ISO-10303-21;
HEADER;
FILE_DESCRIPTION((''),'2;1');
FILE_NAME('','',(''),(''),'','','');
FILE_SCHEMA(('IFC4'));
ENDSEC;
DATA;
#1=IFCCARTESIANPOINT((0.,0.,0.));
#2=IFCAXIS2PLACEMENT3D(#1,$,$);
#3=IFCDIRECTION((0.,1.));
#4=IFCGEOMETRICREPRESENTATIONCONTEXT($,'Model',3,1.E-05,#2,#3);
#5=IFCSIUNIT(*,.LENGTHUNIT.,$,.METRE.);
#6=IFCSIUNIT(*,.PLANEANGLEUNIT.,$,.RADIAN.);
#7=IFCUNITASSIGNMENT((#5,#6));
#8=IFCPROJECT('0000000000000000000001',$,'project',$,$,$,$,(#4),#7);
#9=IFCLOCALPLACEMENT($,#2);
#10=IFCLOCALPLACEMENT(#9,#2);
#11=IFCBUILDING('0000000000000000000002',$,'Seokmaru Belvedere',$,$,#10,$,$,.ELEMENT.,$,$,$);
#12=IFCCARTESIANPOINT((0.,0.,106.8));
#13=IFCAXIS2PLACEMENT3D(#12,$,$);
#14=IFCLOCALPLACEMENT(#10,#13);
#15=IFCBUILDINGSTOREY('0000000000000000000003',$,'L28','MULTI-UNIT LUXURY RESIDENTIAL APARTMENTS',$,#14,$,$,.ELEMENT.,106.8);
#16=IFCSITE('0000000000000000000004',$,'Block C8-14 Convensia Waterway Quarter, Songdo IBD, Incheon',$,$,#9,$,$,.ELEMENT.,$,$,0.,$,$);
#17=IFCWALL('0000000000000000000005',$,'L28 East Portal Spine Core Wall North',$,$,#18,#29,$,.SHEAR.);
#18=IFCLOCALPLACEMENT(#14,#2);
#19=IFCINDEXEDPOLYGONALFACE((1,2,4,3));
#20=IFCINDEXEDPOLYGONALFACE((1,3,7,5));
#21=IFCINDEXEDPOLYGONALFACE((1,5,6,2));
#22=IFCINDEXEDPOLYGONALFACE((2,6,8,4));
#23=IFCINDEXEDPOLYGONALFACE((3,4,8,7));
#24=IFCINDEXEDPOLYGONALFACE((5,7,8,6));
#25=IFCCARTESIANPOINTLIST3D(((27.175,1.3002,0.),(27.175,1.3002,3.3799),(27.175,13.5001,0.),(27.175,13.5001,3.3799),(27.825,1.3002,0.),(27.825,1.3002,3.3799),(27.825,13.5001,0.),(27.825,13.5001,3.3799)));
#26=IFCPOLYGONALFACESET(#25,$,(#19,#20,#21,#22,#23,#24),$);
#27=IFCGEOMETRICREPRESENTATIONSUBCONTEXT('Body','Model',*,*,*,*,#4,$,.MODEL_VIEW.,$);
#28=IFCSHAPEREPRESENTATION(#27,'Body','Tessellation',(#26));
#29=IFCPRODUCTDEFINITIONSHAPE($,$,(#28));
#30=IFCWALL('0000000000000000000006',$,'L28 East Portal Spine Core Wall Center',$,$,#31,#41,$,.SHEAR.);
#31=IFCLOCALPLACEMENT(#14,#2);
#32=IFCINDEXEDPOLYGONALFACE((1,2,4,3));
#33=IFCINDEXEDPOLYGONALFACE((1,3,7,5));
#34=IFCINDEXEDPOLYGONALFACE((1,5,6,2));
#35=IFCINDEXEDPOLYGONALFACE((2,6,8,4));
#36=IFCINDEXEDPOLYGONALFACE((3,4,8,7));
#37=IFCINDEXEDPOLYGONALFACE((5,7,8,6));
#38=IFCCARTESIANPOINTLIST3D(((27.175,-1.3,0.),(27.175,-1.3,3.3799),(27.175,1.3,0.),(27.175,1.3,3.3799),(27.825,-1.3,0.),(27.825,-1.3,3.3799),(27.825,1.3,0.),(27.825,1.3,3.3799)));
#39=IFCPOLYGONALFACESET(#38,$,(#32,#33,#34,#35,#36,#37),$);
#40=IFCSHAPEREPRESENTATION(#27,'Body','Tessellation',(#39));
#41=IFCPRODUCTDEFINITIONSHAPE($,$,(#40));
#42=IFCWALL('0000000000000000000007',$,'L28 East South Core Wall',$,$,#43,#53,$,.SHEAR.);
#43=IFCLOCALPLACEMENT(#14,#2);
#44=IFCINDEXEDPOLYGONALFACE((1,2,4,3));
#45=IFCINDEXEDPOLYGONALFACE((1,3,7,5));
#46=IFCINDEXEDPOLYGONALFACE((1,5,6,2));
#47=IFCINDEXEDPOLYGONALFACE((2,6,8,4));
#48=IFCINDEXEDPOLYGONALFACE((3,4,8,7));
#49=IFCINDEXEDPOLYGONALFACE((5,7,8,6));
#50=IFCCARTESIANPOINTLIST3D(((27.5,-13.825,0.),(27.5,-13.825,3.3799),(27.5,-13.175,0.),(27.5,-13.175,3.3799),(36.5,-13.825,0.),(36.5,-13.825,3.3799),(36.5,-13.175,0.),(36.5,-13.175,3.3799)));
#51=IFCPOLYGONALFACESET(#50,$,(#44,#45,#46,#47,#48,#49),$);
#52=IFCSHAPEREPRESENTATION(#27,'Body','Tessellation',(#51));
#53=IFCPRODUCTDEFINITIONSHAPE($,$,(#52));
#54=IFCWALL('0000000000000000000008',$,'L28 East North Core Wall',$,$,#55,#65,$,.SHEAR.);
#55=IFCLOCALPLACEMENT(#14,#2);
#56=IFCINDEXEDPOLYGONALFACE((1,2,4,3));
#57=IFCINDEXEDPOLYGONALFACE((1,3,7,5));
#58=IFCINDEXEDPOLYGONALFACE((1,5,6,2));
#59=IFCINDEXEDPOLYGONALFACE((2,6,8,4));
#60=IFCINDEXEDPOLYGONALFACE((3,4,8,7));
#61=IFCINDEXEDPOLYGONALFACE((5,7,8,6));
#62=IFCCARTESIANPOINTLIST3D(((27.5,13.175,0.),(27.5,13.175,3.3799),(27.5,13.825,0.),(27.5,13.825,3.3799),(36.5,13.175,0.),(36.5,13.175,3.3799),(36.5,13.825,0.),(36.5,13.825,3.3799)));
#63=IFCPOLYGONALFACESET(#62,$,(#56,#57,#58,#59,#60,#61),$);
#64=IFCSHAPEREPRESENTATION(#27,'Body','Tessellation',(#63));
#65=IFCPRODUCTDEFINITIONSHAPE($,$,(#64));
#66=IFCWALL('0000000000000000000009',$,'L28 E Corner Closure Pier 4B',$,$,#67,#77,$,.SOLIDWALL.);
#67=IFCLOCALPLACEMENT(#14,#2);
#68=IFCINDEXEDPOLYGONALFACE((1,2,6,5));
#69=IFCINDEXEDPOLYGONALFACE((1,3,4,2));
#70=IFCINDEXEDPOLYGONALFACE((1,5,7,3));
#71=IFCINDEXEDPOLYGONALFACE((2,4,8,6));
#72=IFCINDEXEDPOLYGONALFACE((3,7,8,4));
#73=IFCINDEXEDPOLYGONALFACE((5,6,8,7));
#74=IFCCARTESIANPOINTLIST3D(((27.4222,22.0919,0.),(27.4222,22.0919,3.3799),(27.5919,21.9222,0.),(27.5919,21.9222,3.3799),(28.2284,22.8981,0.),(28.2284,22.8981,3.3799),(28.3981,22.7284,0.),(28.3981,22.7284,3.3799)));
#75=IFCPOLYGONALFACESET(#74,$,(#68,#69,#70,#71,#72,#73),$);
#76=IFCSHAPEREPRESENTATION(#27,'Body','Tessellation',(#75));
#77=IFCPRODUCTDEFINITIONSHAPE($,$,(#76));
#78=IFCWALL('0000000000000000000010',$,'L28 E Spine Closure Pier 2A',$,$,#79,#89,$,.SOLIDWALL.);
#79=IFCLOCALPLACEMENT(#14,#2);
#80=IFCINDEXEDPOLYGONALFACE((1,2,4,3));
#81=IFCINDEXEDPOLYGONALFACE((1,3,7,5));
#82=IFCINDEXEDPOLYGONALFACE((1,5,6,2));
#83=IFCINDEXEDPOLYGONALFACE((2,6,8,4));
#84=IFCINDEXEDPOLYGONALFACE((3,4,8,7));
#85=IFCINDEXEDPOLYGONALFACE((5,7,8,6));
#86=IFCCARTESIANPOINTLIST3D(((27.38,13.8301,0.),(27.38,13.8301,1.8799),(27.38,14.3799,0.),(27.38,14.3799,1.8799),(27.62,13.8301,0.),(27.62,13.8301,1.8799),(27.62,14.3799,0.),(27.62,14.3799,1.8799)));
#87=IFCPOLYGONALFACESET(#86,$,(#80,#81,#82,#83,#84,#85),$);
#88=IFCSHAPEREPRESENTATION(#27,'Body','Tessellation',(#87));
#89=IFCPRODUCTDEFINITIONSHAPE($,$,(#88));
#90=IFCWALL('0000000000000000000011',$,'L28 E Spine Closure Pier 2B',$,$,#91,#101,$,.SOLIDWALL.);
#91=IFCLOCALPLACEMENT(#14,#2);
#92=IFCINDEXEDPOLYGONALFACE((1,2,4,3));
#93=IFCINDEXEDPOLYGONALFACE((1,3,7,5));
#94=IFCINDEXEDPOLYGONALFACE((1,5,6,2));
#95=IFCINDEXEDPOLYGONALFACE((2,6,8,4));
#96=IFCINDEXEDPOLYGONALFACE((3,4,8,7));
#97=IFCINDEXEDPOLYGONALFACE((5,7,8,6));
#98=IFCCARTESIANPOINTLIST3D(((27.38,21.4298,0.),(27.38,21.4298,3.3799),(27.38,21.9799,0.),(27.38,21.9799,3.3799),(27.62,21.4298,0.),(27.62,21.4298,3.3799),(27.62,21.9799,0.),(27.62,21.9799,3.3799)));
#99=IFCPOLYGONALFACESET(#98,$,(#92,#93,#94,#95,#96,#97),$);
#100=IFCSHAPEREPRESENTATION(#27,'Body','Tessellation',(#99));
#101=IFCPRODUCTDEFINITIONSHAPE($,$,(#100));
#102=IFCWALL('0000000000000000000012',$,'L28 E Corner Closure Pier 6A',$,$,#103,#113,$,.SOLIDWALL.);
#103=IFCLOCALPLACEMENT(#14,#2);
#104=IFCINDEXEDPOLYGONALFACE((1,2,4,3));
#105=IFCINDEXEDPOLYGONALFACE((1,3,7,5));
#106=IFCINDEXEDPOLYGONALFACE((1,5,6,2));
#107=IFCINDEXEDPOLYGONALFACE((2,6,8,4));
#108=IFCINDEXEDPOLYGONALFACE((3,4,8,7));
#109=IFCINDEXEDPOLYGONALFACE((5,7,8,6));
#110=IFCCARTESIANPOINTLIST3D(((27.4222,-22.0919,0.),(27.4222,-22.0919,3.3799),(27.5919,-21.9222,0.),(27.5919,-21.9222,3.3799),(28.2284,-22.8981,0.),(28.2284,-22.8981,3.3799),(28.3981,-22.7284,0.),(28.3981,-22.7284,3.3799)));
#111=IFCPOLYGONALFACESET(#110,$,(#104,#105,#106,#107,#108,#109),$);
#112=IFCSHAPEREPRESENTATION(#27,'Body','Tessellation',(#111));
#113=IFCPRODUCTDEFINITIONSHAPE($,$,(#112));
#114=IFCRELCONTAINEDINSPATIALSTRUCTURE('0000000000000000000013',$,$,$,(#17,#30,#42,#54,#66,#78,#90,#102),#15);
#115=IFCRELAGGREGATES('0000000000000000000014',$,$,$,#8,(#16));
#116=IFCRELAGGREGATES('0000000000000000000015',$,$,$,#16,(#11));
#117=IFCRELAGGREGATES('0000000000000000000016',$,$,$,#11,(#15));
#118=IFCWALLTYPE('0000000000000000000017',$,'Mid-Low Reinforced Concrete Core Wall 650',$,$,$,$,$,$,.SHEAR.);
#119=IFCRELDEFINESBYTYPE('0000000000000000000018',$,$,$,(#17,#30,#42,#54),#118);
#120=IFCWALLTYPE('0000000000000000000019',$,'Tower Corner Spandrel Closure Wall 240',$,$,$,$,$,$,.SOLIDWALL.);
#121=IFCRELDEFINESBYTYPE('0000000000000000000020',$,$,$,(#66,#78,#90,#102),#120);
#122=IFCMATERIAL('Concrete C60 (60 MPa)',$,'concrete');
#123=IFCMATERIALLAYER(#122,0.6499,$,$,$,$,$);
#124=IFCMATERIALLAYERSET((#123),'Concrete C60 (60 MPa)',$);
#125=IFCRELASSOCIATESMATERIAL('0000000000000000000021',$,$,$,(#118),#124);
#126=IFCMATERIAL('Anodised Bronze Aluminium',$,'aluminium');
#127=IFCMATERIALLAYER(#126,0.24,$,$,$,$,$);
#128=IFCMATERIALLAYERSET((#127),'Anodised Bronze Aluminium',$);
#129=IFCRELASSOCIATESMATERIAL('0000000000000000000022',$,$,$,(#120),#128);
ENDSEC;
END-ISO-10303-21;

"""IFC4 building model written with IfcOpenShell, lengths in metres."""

from ifc_helpers import new_model, si_unit, direction, frame, frame_2d, origin, place, context, subcontext, project, spatial, rectangle, extrude, material, layer, layer_set, type_object, element, save


model = new_model("IFC4")

# Units and contexts
model_context = context("Model", 3, precision=1e-05, world=origin(), true_north=direction((0.0, 1.0)))
body_context = subcontext(model_context, "Body", "Model", "MODEL_VIEW")
ifc_project = project(units=[si_unit("LENGTHUNIT", "METRE"), si_unit("PLANEANGLEUNIT", "RADIAN")], contexts=[model_context])

# Site, building, storey
site_placement = place(None, origin())
site = spatial("IfcSite", under=ifc_project, at=site_placement, Name="Block C8-14 Convensia Waterway Quarter, Songdo IBD, Incheon", CompositionType="ELEMENT", RefElevation=0.0)
building_placement = place(site_placement, origin())
building = spatial("IfcBuilding", under=site, at=building_placement, Name="Seokmaru Belvedere", CompositionType="ELEMENT")
storey_placement = place(building_placement, frame((0.0, 0.0, 106.8)))
storey = spatial("IfcBuildingStorey", under=building, at=storey_placement, Name="L28", Description="MULTI-UNIT LUXURY RESIDENTIAL APARTMENTS", CompositionType="ELEMENT", Elevation=106.8)

# Shared definitions
ifc_material_1 = material(Name="Anodised Bronze Aluminium", Category="aluminium")

# Walls
ifc_material_2 = material(Name="Concrete C60 (60 MPa)", Category="concrete")
ifc_layer_1 = layer(ifc_material_2, 0.6499)
ifc_layer_set_1 = layer_set([ifc_layer_1], Name="Concrete C60 (60 MPa)")
wall_type_1 = type_object("IfcWallType", Name="Mid-Low Reinforced Concrete Core Wall 650", PredefinedType="SHEAR", material=ifc_layer_set_1)
for number, where, z_axis, x_axis, name in (
    (1, (27.5, 1.3, 0.0), (0.0, 0.0, 1.0), (0.0, 1.0, 0.0), "L28 East Portal Spine Core Wall North"),
):
    element("IfcWall", number, at=place(storey_placement, frame(where, z_axis=z_axis, x_axis=x_axis)), inside=storey, type_object=wall_type_1, Name=name, PredefinedType="SHEAR", context=body_context, shape_type="SweptSolid", body=[
        extrude(rectangle(XDim=12.2, YDim=0.6499, at=frame_2d((6.1001, 0.0))), origin(), (0.0, 0.0, 1.0), 3.3799),
    ])
wall_1_placement = place(storey_placement, frame((27.5, -1.3, 0.0), z_axis=(0.0, 0.0, 1.0), x_axis=(0.0, 1.0, 0.0)))
element("IfcWall", 2, at=wall_1_placement, inside=storey, type_object=wall_type_1, Name="L28 East Portal Spine Core Wall Center", PredefinedType="SHEAR", context=body_context, shape_type="SweptSolid", body=[
    extrude(rectangle(XDim=2.6001, YDim=0.6499, at=frame_2d((1.3, 0.0))), origin(), (0.0, 0.0, 1.0), 3.3799),
])
for number, where, z_axis, x_axis, name in (
    (3, (27.5, -13.5, 0.0), (0.0, 0.0, 1.0), (1.0, 0.0, 0.0), "L28 East South Core Wall"),
    (4, (27.5, 13.5, 0.0), (0.0, 0.0, 1.0), (1.0, 0.0, 0.0), "L28 East North Core Wall"),
):
    element("IfcWall", number, at=place(storey_placement, frame(where, z_axis=z_axis, x_axis=x_axis)), inside=storey, type_object=wall_type_1, Name=name, PredefinedType="SHEAR", context=body_context, shape_type="SweptSolid", body=[
        extrude(rectangle(XDim=9.0, YDim=0.6499, at=frame_2d((4.5, 0.0))), origin(), (0.0, 0.0, 1.0), 3.3799),
    ])
ifc_layer_2 = layer(ifc_material_1, 0.24)
ifc_layer_set_2 = layer_set([ifc_layer_2], Name="Anodised Bronze Aluminium")
wall_type_2 = type_object("IfcWallType", Name="Tower Corner Spandrel Closure Wall 240", PredefinedType="SOLIDWALL", material=ifc_layer_set_2)
wall_2_placement = place(storey_placement, frame((28.3132, 22.8132, 0.0), z_axis=(0.0, 0.0, 1.0), x_axis=(-0.707107, -0.707107, 0.0)))
element("IfcWall", 5, at=wall_2_placement, inside=storey, type_object=wall_type_2, Name="L28 E Corner Closure Pier 4B", PredefinedType="SOLIDWALL", context=body_context, shape_type="SweptSolid", body=[
    extrude(rectangle(XDim=1.1401, YDim=0.24, at=frame_2d((0.5701, 0.0))), origin(), (0.0, 0.0, 1.0), 3.3799),
])
wall_3_placement = place(storey_placement, frame((27.5, 13.8301, 0.0), z_axis=(0.0, 0.0, 1.0), x_axis=(0.0, 1.0, 0.0)))
element("IfcWall", 6, at=wall_3_placement, inside=storey, type_object=wall_type_2, Name="L28 E Spine Closure Pier 2A", PredefinedType="SOLIDWALL", context=body_context, shape_type="SweptSolid", body=[
    extrude(rectangle(XDim=0.5498, YDim=0.24, at=frame_2d((0.2749, 0.0))), origin(), (0.0, 0.0, 1.0), 1.8799),
])
wall_4_placement = place(storey_placement, frame((27.5, 21.4299, 0.0), z_axis=(0.0, 0.0, 1.0), x_axis=(0.0, 1.0, 0.0)))
element("IfcWall", 7, at=wall_4_placement, inside=storey, type_object=wall_type_2, Name="L28 E Spine Closure Pier 2B", PredefinedType="SOLIDWALL", context=body_context, shape_type="SweptSolid", body=[
    extrude(rectangle(XDim=0.55, YDim=0.24, at=frame_2d((0.2749, 0.0))), origin(), (0.0, 0.0, 1.0), 3.3799),
])
wall_5_placement = place(storey_placement, frame((27.5071, -22.0071, 0.0), z_axis=(0.0, 0.0, 1.0), x_axis=(0.707107, -0.707107, 0.0)))
element("IfcWall", 8, at=wall_5_placement, inside=storey, type_object=wall_type_2, Name="L28 E Corner Closure Pier 6A", PredefinedType="SOLIDWALL", context=body_context, shape_type="SweptSolid", body=[
    extrude(rectangle(XDim=1.1401, YDim=0.24, at=frame_2d((0.5701, 0.0))), origin(), (0.0, 0.0, 1.0), 3.3799),
])

save(model, "model.ifc")
